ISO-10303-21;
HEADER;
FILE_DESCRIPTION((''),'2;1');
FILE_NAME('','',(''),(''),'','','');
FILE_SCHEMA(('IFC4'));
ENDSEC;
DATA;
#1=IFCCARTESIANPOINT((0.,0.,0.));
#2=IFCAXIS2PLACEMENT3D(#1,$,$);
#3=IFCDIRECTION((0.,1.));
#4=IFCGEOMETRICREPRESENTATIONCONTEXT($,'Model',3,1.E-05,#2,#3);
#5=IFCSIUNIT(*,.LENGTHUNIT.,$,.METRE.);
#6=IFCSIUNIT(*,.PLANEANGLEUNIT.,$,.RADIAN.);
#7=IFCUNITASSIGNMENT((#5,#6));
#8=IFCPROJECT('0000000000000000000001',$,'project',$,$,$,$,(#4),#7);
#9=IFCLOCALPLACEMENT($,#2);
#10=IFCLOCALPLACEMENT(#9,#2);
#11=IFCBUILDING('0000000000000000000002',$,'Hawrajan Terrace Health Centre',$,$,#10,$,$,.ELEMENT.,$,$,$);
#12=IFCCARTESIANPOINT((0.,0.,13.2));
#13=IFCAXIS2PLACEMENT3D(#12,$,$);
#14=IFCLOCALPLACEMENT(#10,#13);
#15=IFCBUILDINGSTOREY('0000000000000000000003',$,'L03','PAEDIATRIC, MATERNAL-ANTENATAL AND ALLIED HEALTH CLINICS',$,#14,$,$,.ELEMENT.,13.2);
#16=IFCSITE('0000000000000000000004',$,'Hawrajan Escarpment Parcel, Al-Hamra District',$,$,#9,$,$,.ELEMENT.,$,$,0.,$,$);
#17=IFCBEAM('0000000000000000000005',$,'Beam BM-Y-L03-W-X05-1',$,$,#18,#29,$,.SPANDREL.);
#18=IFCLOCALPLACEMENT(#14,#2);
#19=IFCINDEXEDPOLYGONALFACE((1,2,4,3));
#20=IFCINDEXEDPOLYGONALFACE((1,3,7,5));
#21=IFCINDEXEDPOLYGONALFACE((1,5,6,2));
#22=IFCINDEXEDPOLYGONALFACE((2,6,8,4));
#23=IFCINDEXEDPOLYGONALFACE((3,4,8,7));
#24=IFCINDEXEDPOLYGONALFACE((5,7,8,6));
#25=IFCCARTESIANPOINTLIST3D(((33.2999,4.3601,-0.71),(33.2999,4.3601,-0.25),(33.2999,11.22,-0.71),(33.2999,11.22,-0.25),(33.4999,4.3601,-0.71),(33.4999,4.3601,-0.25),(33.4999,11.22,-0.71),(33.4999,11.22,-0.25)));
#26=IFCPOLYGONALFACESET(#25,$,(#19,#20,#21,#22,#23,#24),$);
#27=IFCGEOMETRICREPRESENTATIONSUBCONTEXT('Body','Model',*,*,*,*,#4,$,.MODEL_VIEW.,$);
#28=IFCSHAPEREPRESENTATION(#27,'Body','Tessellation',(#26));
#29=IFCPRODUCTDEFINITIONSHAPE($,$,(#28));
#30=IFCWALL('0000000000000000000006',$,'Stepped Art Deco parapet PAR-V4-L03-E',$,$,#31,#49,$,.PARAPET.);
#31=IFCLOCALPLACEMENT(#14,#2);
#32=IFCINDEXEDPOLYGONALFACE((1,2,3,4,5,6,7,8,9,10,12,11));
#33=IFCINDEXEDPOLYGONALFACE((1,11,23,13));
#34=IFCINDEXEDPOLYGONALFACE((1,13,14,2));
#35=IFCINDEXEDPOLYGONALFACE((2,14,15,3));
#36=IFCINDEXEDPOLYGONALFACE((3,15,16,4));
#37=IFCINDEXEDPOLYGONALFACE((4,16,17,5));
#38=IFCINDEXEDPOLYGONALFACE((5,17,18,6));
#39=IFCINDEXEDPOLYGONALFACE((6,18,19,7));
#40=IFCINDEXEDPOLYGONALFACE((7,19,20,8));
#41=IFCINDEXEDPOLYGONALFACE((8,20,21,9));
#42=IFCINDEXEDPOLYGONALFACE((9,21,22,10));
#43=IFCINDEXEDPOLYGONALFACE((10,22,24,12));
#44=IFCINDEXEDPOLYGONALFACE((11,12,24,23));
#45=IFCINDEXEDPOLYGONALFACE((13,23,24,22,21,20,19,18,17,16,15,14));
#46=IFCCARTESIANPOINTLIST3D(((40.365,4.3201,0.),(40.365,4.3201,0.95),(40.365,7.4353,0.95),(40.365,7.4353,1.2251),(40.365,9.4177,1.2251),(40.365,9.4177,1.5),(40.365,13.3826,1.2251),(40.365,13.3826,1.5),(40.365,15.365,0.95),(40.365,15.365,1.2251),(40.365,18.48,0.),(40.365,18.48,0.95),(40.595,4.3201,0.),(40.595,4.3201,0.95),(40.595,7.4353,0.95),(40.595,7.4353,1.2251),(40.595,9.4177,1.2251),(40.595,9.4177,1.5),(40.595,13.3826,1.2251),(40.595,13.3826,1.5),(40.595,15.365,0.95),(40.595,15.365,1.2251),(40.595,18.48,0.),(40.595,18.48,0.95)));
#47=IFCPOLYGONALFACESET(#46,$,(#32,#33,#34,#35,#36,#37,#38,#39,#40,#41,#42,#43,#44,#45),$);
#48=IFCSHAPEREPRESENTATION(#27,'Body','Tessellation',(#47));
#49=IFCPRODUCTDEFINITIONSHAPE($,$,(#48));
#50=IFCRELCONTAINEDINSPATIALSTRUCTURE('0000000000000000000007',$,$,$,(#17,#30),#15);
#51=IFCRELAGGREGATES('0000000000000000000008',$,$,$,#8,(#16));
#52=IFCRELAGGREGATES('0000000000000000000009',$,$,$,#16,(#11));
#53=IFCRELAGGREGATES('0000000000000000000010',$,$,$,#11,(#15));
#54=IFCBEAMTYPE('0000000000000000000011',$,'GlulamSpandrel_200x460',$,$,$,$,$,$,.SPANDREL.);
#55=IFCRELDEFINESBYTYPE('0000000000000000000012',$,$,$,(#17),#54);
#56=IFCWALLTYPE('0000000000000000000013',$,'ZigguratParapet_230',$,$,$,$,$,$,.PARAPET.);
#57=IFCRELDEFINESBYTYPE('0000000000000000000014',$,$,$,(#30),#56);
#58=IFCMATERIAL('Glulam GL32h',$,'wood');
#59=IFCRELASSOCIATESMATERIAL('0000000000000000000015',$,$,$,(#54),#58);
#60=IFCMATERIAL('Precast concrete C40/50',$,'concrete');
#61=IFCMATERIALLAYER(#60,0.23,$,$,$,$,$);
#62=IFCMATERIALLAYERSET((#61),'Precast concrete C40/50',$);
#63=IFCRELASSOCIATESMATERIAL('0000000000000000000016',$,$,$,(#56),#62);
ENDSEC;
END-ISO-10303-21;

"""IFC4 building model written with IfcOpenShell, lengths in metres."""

from ifc_helpers import new_model, si_unit, direction, frame, origin, origin_2d, place, context, subcontext, project, spatial, polyline, rectangle, outline, extrude, material, layer, layer_set, material_profile, profile_set, type_object, element, save


model = new_model("IFC4")

# Units and contexts
model_context = context("Model", 3, precision=1e-05, world=origin(), true_north=direction((0.0, 1.0)))
body_context = subcontext(model_context, "Body", "Model", "MODEL_VIEW")
ifc_project = project(units=[si_unit("LENGTHUNIT", "METRE"), si_unit("PLANEANGLEUNIT", "RADIAN")], contexts=[model_context])

# Site, building, storey
site_placement = place(None, origin())
site = spatial("IfcSite", under=ifc_project, at=site_placement, Name="Hawrajan Escarpment Parcel, Al-Hamra District", CompositionType="ELEMENT", RefElevation=0.0)
building_placement = place(site_placement, origin())
building = spatial("IfcBuilding", under=site, at=building_placement, Name="Hawrajan Terrace Health Centre", CompositionType="ELEMENT")
storey_placement = place(building_placement, frame((0.0, 0.0, 13.2)))
storey = spatial("IfcBuildingStorey", under=building, at=storey_placement, Name="L03", Description="PAEDIATRIC, MATERNAL-ANTENATAL AND ALLIED HEALTH CLINICS", CompositionType="ELEMENT", Elevation=13.2)

# Beam
ifc_material_1 = material(Name="Glulam GL32h", Category="wood")
ifc_material_profile_1 = material_profile(ifc_material_1, rectangle(XDim=0.2, YDim=0.46, at=origin_2d()), Name="GL SP 200x460")
ifc_profile_set_1 = profile_set([ifc_material_profile_1], Name="Glulam GL32h")
beam_type_1 = type_object("IfcBeamType", Name="GlulamSpandrel_200x460", PredefinedType="SPANDREL", material=ifc_profile_set_1)
beam_1_placement = place(storey_placement, frame((33.3999, 4.3601, -0.48), z_axis=(0.0, 1.0, 0.0), x_axis=(-1.0, 0.0, 0.0)))
element("IfcBeam", 1, at=beam_1_placement, inside=storey, type_object=beam_type_1, Name="Beam BM-Y-L03-W-X05-1", PredefinedType="SPANDREL", context=body_context, shape_type="SweptSolid", body=[
    extrude(rectangle(XDim=0.2, YDim=0.46, at=origin_2d()), origin(), (0.0, 0.0, 1.0), 6.8599),
])

# Wall
ifc_material_2 = material(Name="Precast concrete C40/50", Category="concrete")
ifc_layer = layer(ifc_material_2, 0.23)
ifc_layer_set = layer_set([ifc_layer], Name="Precast concrete C40/50")
wall_type = type_object("IfcWallType", Name="ZigguratParapet_230", PredefinedType="PARAPET", material=ifc_layer_set)
wall_placement = place(storey_placement, frame((40.48, 4.3201, 0.0), z_axis=(0.0, 0.0, 1.0), x_axis=(0.0, 1.0, 0.0)))
element("IfcWall", 2, at=wall_placement, inside=storey, type_object=wall_type, Name="Stepped Art Deco parapet PAR-V4-L03-E", PredefinedType="PARAPET", context=body_context, shape_type="SweptSolid", body=[
    extrude(outline(polyline([(0.0, 0.0), (14.1599, 0.0), (14.1599, 0.95), (11.0449, 1.2251), (11.0449, 0.95), (9.0625, 1.5), (9.0625, 1.2251), (5.0977, 1.5), (5.0977, 1.2251), (3.1152, 1.2251), (3.1152, 0.95), (0.0, 0.95), (0.0, 0.0)])), frame((0.0, 0.115, 0.0), z_axis=(0.0, -1.0, 0.0), x_axis=(1.0, 0.0, 0.0)), (0.0, 0.0, 1.0), 0.23),
])

save(model, "model.ifc")
